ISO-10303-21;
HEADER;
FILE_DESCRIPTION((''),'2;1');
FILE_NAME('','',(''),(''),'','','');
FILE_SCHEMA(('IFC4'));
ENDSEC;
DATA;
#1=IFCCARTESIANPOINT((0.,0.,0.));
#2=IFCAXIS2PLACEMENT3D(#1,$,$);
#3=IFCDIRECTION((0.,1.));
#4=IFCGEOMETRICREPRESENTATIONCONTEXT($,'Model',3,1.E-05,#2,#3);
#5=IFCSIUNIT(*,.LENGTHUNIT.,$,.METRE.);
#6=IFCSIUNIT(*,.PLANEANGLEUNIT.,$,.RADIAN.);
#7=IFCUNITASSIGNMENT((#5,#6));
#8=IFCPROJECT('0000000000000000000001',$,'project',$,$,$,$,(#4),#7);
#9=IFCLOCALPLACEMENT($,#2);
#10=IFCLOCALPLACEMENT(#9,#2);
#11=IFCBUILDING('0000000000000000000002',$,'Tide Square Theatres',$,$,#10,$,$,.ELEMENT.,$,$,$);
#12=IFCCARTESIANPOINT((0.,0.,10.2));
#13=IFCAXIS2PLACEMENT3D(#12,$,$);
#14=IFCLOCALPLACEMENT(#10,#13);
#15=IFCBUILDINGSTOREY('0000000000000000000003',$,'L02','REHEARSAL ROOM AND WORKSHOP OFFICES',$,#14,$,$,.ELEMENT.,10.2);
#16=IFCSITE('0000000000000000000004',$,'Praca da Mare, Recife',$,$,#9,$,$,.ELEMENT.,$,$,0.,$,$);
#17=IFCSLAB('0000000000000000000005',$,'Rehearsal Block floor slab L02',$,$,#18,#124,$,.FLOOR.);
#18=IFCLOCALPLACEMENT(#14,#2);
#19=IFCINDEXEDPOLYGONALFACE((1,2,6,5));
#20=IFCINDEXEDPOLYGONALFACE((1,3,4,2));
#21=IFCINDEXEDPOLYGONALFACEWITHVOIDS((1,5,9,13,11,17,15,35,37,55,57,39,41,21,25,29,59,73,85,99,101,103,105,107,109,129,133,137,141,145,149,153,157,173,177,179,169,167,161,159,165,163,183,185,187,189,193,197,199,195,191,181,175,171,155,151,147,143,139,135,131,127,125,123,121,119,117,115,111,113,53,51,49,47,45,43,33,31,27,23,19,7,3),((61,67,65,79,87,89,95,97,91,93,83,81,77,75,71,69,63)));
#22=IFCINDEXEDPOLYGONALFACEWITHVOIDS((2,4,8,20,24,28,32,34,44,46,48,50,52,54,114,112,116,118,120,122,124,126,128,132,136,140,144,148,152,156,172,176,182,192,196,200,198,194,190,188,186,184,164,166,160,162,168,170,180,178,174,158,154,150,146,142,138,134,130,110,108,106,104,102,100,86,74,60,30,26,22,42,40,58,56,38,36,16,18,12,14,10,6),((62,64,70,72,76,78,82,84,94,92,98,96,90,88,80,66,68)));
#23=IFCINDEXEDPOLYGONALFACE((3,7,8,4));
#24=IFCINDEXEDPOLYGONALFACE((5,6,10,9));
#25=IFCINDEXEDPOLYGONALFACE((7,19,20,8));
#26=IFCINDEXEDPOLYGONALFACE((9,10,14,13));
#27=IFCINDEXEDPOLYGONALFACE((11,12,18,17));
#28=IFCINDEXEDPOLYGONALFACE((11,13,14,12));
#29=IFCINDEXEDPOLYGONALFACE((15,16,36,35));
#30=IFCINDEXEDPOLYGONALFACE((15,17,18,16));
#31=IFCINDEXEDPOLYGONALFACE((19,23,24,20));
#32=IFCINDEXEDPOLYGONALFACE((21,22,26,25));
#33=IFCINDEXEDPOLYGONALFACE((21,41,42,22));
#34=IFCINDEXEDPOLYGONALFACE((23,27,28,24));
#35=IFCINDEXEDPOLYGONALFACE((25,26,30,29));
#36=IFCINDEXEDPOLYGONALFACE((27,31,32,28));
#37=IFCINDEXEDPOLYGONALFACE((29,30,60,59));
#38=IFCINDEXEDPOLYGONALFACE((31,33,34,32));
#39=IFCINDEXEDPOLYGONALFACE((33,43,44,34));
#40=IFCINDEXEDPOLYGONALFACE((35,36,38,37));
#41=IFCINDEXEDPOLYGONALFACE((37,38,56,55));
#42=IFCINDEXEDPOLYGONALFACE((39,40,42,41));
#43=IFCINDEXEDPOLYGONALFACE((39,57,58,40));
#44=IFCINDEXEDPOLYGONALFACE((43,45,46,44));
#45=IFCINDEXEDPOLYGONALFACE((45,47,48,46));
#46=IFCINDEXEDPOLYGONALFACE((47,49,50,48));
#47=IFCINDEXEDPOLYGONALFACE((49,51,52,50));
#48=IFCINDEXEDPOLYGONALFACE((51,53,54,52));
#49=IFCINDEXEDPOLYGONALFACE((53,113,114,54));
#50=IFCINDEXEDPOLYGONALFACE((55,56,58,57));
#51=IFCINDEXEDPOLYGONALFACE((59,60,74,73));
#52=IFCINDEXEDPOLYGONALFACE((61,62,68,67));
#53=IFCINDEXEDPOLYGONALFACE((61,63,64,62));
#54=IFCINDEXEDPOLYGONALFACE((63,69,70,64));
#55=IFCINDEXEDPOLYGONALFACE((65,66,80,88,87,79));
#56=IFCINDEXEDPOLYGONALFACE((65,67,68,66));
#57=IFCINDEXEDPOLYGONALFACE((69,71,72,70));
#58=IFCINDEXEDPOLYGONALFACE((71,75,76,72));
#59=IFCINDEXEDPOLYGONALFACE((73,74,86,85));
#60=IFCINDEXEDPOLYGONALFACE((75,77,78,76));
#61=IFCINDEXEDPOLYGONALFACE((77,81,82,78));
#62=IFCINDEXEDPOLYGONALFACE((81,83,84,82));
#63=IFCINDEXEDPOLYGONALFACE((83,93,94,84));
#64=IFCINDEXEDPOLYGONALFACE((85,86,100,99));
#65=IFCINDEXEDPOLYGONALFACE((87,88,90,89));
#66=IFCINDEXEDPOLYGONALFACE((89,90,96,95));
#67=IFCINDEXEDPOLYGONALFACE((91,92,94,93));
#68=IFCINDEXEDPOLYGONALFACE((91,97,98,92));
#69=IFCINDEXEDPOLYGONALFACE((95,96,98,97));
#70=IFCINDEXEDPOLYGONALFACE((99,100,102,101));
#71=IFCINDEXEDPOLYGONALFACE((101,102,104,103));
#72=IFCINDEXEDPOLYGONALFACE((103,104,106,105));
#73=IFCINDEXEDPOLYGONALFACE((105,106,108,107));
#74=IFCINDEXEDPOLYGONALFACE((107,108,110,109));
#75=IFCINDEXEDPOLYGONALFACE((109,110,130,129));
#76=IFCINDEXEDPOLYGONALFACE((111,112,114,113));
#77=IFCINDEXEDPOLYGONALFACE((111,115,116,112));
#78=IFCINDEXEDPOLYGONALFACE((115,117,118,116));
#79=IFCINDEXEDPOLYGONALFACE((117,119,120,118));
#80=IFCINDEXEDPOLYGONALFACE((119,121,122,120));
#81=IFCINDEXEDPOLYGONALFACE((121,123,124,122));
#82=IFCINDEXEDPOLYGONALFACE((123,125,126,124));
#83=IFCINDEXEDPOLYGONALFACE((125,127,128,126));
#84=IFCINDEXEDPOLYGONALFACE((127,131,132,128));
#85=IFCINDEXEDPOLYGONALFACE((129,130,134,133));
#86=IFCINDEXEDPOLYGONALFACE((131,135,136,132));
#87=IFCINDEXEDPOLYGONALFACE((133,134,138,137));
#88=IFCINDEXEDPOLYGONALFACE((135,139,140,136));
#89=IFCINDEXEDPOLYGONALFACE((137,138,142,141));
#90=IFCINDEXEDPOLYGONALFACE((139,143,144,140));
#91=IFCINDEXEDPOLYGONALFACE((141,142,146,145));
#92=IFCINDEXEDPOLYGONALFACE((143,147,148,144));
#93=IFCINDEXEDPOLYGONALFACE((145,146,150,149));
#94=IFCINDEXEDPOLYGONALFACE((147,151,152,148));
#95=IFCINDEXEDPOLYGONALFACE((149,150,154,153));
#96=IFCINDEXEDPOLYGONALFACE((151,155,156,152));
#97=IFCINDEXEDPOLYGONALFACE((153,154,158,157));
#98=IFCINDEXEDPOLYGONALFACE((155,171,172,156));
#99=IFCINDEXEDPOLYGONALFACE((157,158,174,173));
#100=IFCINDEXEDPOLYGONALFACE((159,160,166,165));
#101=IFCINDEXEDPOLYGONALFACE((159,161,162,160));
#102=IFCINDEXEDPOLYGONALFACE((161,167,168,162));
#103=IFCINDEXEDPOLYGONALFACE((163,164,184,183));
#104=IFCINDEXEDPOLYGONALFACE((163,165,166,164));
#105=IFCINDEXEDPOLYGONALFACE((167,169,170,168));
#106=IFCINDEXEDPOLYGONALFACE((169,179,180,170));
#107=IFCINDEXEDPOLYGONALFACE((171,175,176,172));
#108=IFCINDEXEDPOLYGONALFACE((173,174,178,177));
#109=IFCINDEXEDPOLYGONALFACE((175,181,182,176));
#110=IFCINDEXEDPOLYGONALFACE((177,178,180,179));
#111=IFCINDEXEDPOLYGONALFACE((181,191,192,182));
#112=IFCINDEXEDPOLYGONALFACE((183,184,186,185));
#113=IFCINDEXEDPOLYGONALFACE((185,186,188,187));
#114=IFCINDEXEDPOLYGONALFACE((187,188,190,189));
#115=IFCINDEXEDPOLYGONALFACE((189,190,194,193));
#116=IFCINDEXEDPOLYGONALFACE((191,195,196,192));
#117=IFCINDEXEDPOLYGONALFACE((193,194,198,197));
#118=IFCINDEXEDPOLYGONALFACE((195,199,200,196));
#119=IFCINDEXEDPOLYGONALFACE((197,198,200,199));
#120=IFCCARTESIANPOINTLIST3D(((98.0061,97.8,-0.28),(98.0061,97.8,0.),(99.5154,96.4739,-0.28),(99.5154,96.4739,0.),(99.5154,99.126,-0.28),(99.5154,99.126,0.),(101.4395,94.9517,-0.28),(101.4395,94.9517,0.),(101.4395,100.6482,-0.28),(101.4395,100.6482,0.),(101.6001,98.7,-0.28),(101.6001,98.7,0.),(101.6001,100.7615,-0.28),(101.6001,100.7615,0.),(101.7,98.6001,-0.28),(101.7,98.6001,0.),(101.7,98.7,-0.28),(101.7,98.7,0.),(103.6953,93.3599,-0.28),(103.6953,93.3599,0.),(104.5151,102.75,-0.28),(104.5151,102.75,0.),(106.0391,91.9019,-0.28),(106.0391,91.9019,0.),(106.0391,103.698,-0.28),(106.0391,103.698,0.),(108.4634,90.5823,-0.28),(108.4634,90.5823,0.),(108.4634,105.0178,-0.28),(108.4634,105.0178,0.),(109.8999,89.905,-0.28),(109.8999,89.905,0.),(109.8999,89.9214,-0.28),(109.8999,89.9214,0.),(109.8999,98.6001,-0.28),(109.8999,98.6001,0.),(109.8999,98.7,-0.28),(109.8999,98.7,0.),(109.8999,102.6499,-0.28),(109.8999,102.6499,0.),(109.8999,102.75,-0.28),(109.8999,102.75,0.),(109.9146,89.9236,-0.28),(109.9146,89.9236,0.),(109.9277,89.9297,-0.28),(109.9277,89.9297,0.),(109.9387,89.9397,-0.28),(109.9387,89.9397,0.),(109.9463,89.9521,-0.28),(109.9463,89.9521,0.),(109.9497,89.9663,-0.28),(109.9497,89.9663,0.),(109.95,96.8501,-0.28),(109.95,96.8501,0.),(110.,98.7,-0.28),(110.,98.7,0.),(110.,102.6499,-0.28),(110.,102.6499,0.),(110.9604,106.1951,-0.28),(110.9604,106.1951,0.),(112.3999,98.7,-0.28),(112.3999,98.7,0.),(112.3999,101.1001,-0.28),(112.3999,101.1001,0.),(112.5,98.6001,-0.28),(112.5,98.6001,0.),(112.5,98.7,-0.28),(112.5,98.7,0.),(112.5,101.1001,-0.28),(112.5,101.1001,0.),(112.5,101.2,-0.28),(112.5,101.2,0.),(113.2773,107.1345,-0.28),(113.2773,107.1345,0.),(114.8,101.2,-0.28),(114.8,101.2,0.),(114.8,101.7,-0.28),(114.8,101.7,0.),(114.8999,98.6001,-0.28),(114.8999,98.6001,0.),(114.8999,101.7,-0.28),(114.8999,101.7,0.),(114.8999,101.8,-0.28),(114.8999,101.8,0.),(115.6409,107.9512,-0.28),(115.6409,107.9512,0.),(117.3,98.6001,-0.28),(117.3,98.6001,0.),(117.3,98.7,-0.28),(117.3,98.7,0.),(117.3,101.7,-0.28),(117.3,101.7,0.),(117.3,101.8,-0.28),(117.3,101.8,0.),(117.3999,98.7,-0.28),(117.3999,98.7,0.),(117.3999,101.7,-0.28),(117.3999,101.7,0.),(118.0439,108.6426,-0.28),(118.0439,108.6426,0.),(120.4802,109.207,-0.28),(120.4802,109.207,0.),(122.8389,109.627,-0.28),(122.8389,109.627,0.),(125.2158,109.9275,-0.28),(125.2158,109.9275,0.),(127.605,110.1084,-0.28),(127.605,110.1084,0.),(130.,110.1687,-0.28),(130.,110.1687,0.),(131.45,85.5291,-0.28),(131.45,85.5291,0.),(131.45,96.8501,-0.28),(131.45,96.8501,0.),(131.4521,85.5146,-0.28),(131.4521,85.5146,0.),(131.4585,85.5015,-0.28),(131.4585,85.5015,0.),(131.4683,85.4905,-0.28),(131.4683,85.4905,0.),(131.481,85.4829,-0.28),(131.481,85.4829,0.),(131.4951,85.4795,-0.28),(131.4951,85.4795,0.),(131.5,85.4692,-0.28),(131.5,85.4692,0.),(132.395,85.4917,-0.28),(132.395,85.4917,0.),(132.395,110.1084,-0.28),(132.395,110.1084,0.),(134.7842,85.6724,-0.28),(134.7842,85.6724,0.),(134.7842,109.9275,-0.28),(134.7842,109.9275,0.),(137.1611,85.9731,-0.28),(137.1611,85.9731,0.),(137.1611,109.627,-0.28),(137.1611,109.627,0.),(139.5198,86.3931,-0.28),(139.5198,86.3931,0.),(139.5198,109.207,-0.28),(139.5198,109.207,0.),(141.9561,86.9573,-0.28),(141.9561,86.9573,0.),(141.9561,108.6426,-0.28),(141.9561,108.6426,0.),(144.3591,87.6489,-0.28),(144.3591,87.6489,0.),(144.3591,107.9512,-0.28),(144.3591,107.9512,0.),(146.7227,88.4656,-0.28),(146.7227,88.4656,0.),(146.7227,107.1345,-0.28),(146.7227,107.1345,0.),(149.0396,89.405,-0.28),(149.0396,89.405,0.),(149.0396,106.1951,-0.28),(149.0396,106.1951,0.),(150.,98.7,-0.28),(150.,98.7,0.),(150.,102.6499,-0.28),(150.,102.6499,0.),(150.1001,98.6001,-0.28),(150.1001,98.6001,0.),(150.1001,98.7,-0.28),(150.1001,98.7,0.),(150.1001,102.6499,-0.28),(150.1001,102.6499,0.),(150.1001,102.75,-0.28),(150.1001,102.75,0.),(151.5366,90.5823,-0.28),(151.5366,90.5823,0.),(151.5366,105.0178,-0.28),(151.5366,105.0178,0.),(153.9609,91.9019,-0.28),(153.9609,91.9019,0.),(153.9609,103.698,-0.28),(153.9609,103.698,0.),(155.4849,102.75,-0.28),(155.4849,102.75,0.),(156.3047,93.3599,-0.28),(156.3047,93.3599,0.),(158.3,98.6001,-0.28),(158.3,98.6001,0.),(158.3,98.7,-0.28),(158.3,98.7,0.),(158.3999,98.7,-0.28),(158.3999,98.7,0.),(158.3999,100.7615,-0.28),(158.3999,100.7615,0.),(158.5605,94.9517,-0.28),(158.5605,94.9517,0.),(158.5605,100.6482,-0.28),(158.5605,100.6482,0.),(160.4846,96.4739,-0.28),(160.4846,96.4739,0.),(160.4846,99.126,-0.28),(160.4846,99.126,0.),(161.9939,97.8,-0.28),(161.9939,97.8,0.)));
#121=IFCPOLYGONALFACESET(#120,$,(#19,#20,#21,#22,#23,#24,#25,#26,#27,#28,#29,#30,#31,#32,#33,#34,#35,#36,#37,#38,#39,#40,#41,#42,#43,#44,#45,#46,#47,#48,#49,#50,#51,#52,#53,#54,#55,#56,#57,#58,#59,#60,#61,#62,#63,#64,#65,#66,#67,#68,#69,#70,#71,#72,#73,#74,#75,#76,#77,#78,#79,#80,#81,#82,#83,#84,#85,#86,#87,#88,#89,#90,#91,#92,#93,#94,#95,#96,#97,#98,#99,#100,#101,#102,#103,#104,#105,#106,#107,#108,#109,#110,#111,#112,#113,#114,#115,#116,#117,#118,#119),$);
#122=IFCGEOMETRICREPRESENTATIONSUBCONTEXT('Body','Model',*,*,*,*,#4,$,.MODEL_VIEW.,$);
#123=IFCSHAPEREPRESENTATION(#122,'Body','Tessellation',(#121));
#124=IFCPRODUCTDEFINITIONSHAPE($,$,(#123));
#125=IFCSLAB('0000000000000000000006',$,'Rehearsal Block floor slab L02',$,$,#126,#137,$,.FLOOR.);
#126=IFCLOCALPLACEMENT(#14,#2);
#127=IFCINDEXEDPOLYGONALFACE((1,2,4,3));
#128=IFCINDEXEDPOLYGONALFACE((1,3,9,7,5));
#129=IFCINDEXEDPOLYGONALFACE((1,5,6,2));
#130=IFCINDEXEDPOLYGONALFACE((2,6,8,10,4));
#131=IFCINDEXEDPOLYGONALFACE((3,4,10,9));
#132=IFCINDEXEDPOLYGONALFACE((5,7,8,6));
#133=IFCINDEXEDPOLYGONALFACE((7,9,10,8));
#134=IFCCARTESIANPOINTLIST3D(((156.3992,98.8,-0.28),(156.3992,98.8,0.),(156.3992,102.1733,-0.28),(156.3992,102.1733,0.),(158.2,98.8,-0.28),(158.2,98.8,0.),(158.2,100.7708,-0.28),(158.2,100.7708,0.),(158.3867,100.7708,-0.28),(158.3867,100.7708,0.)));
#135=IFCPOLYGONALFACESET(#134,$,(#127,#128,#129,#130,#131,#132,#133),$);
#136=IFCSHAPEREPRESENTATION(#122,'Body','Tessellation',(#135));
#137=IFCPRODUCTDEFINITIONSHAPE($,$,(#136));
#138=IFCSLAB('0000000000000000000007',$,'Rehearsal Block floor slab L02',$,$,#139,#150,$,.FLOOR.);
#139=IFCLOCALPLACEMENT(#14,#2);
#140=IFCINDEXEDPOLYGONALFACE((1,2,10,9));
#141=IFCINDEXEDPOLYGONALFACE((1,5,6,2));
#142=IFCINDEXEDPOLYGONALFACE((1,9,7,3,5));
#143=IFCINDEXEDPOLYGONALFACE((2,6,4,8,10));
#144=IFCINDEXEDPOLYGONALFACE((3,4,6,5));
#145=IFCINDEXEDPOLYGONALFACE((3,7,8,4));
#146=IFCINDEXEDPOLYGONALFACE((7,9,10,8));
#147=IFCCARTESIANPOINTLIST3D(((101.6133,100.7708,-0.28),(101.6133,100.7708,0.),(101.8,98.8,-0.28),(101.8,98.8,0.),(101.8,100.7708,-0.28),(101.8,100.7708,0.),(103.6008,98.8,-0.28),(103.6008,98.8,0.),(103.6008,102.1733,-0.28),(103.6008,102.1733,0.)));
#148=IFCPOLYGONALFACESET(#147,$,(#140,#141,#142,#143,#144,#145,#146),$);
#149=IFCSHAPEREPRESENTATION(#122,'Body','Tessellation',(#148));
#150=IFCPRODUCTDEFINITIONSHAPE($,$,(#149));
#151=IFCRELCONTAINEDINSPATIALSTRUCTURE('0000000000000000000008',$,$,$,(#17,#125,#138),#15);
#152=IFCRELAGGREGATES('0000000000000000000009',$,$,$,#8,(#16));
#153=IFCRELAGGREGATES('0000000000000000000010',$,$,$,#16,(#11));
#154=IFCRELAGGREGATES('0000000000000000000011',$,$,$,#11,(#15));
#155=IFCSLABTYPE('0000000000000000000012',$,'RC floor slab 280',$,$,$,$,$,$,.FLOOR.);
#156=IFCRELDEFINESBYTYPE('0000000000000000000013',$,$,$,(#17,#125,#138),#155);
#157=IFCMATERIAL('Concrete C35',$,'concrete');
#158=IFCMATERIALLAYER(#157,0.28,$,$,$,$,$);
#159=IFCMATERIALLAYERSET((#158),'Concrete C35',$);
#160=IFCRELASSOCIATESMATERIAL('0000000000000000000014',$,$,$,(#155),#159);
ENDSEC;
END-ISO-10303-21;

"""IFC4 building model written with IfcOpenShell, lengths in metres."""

from ifc_helpers import new_model, si_unit, direction, frame, origin, place, context, subcontext, project, spatial, polyline, outline, extrude, material, layer, layer_set, type_object, element, save


model = new_model("IFC4")

# Units and contexts
model_context = context("Model", 3, precision=1e-05, world=origin(), true_north=direction((0.0, 1.0)))
body_context = subcontext(model_context, "Body", "Model", "MODEL_VIEW")
ifc_project = project(units=[si_unit("LENGTHUNIT", "METRE"), si_unit("PLANEANGLEUNIT", "RADIAN")], contexts=[model_context])

# Site, building, storey
site_placement = place(None, origin())
site = spatial("IfcSite", under=ifc_project, at=site_placement, Name="Praca da Mare, Recife", CompositionType="ELEMENT", RefElevation=0.0)
building_placement = place(site_placement, origin())
building = spatial("IfcBuilding", under=site, at=building_placement, Name="Tide Square Theatres", CompositionType="ELEMENT")
storey_placement = place(building_placement, frame((0.0, 0.0, 10.2)))
storey = spatial("IfcBuildingStorey", under=building, at=storey_placement, Name="L02", Description="REHEARSAL ROOM AND WORKSHOP OFFICES", CompositionType="ELEMENT", Elevation=10.2)

# Slabs
ifc_material_1 = material(Name="Concrete C35", Category="concrete")
ifc_layer_1 = layer(ifc_material_1, 0.28)
ifc_layer_set_1 = layer_set([ifc_layer_1], Name="Concrete C35")
slab_type_1 = type_object("IfcSlabType", Name="RC floor slab 280", PredefinedType="FLOOR", material=ifc_layer_set_1)
slab_1_placement = place(storey_placement, frame((0.0, 0.0, -0.28)))
element("IfcSlab", 1, at=slab_1_placement, inside=storey, type_object=slab_type_1, Name="Rehearsal Block floor slab L02", PredefinedType="FLOOR", context=body_context, shape_type="SweptSolid", body=[
    extrude(outline(polyline([(158.5605, 94.9517), (160.4846, 96.4739), (161.9939, 97.8), (160.4846, 99.126), (158.5605, 100.6482), (158.3999, 100.7615), (158.3999, 98.7), (158.3, 98.7), (158.3, 98.6001), (150.1001, 98.6001), (150.1001, 98.7), (150.0, 98.7), (150.0, 102.6499), (150.1001, 102.6499), (150.1001, 102.75), (155.4849, 102.75), (153.9609, 103.698), (151.5366, 105.0178), (149.0396, 106.1951), (146.7227, 107.1345), (144.3591, 107.9512), (141.9561, 108.6426), (139.5198, 109.207), (137.1611, 109.627), (134.7842, 109.9275), (132.395, 110.1084), (130.0, 110.1687), (127.605, 110.1084), (125.2158, 109.9275), (122.8389, 109.627), (120.4802, 109.207), (118.0439, 108.6426), (115.6409, 107.9512), (113.2773, 107.1345), (110.9604, 106.1951), (108.4634, 105.0178), (106.0391, 103.698), (104.5151, 102.75), (109.8999, 102.75), (109.8999, 102.6499), (110.0, 102.6499), (110.0, 98.7), (109.8999, 98.7), (109.8999, 98.6001), (101.7, 98.6001), (101.7, 98.7), (101.6001, 98.7), (101.6001, 100.7615), (101.4395, 100.6482), (99.5154, 99.126), (98.0061, 97.8), (99.5154, 96.4739), (101.4395, 94.9517), (103.6953, 93.3599), (106.0391, 91.9019), (108.4634, 90.5823), (109.8999, 89.905), (109.8999, 89.9214), (109.9146, 89.9236), (109.9277, 89.9297), (109.9387, 89.9397), (109.9463, 89.9521), (109.9497, 89.9663), (109.95, 96.8501), (131.45, 96.8501), (131.45, 85.5291), (131.4521, 85.5146), (131.4585, 85.5015), (131.4683, 85.4905), (131.481, 85.4829), (131.4951, 85.4795), (131.5, 85.4692), (132.395, 85.4917), (134.7842, 85.6724), (137.1611, 85.9731), (139.5198, 86.3931), (141.9561, 86.9573), (144.3591, 87.6489), (146.7227, 88.4656), (149.0396, 89.405), (151.5366, 90.5823), (153.9609, 91.9019), (156.3047, 93.3599), (158.5605, 94.9517)]), holes=[polyline([(117.3999, 101.7), (117.3999, 98.7), (117.3, 98.7), (117.3, 98.6001), (114.8999, 98.6001), (112.5, 98.6001), (112.5, 98.7), (112.3999, 98.7), (112.3999, 101.1001), (112.5, 101.1001), (112.5, 101.2), (114.8, 101.2), (114.8, 101.7), (114.8999, 101.7), (114.8999, 101.8), (117.3, 101.8), (117.3, 101.7), (117.3999, 101.7)])]), origin(), (0.0, 0.0, 1.0), 0.28),
])
slab_2_placement = place(storey_placement, frame((0.0, 0.0, -0.28)))
element("IfcSlab", 2, at=slab_2_placement, inside=storey, type_object=slab_type_1, Name="Rehearsal Block floor slab L02", PredefinedType="FLOOR", context=body_context, shape_type="SweptSolid", body=[
    extrude(outline(polyline([(156.3992, 98.8), (158.2, 98.8), (158.2, 100.7708), (158.3867, 100.7708), (156.3992, 102.1733), (156.3992, 98.8)])), origin(), (0.0, 0.0, 1.0), 0.28),
])
slab_3_placement = place(storey_placement, frame((0.0, 0.0, -0.28)))
element("IfcSlab", 3, at=slab_3_placement, inside=storey, type_object=slab_type_1, Name="Rehearsal Block floor slab L02", PredefinedType="FLOOR", context=body_context, shape_type="SweptSolid", body=[
    extrude(outline(polyline([(103.6008, 102.1733), (101.6133, 100.7708), (101.8, 100.7708), (101.8, 98.8), (103.6008, 98.8), (103.6008, 102.1733)])), origin(), (0.0, 0.0, 1.0), 0.28),
])

save(model, "model.ifc")
